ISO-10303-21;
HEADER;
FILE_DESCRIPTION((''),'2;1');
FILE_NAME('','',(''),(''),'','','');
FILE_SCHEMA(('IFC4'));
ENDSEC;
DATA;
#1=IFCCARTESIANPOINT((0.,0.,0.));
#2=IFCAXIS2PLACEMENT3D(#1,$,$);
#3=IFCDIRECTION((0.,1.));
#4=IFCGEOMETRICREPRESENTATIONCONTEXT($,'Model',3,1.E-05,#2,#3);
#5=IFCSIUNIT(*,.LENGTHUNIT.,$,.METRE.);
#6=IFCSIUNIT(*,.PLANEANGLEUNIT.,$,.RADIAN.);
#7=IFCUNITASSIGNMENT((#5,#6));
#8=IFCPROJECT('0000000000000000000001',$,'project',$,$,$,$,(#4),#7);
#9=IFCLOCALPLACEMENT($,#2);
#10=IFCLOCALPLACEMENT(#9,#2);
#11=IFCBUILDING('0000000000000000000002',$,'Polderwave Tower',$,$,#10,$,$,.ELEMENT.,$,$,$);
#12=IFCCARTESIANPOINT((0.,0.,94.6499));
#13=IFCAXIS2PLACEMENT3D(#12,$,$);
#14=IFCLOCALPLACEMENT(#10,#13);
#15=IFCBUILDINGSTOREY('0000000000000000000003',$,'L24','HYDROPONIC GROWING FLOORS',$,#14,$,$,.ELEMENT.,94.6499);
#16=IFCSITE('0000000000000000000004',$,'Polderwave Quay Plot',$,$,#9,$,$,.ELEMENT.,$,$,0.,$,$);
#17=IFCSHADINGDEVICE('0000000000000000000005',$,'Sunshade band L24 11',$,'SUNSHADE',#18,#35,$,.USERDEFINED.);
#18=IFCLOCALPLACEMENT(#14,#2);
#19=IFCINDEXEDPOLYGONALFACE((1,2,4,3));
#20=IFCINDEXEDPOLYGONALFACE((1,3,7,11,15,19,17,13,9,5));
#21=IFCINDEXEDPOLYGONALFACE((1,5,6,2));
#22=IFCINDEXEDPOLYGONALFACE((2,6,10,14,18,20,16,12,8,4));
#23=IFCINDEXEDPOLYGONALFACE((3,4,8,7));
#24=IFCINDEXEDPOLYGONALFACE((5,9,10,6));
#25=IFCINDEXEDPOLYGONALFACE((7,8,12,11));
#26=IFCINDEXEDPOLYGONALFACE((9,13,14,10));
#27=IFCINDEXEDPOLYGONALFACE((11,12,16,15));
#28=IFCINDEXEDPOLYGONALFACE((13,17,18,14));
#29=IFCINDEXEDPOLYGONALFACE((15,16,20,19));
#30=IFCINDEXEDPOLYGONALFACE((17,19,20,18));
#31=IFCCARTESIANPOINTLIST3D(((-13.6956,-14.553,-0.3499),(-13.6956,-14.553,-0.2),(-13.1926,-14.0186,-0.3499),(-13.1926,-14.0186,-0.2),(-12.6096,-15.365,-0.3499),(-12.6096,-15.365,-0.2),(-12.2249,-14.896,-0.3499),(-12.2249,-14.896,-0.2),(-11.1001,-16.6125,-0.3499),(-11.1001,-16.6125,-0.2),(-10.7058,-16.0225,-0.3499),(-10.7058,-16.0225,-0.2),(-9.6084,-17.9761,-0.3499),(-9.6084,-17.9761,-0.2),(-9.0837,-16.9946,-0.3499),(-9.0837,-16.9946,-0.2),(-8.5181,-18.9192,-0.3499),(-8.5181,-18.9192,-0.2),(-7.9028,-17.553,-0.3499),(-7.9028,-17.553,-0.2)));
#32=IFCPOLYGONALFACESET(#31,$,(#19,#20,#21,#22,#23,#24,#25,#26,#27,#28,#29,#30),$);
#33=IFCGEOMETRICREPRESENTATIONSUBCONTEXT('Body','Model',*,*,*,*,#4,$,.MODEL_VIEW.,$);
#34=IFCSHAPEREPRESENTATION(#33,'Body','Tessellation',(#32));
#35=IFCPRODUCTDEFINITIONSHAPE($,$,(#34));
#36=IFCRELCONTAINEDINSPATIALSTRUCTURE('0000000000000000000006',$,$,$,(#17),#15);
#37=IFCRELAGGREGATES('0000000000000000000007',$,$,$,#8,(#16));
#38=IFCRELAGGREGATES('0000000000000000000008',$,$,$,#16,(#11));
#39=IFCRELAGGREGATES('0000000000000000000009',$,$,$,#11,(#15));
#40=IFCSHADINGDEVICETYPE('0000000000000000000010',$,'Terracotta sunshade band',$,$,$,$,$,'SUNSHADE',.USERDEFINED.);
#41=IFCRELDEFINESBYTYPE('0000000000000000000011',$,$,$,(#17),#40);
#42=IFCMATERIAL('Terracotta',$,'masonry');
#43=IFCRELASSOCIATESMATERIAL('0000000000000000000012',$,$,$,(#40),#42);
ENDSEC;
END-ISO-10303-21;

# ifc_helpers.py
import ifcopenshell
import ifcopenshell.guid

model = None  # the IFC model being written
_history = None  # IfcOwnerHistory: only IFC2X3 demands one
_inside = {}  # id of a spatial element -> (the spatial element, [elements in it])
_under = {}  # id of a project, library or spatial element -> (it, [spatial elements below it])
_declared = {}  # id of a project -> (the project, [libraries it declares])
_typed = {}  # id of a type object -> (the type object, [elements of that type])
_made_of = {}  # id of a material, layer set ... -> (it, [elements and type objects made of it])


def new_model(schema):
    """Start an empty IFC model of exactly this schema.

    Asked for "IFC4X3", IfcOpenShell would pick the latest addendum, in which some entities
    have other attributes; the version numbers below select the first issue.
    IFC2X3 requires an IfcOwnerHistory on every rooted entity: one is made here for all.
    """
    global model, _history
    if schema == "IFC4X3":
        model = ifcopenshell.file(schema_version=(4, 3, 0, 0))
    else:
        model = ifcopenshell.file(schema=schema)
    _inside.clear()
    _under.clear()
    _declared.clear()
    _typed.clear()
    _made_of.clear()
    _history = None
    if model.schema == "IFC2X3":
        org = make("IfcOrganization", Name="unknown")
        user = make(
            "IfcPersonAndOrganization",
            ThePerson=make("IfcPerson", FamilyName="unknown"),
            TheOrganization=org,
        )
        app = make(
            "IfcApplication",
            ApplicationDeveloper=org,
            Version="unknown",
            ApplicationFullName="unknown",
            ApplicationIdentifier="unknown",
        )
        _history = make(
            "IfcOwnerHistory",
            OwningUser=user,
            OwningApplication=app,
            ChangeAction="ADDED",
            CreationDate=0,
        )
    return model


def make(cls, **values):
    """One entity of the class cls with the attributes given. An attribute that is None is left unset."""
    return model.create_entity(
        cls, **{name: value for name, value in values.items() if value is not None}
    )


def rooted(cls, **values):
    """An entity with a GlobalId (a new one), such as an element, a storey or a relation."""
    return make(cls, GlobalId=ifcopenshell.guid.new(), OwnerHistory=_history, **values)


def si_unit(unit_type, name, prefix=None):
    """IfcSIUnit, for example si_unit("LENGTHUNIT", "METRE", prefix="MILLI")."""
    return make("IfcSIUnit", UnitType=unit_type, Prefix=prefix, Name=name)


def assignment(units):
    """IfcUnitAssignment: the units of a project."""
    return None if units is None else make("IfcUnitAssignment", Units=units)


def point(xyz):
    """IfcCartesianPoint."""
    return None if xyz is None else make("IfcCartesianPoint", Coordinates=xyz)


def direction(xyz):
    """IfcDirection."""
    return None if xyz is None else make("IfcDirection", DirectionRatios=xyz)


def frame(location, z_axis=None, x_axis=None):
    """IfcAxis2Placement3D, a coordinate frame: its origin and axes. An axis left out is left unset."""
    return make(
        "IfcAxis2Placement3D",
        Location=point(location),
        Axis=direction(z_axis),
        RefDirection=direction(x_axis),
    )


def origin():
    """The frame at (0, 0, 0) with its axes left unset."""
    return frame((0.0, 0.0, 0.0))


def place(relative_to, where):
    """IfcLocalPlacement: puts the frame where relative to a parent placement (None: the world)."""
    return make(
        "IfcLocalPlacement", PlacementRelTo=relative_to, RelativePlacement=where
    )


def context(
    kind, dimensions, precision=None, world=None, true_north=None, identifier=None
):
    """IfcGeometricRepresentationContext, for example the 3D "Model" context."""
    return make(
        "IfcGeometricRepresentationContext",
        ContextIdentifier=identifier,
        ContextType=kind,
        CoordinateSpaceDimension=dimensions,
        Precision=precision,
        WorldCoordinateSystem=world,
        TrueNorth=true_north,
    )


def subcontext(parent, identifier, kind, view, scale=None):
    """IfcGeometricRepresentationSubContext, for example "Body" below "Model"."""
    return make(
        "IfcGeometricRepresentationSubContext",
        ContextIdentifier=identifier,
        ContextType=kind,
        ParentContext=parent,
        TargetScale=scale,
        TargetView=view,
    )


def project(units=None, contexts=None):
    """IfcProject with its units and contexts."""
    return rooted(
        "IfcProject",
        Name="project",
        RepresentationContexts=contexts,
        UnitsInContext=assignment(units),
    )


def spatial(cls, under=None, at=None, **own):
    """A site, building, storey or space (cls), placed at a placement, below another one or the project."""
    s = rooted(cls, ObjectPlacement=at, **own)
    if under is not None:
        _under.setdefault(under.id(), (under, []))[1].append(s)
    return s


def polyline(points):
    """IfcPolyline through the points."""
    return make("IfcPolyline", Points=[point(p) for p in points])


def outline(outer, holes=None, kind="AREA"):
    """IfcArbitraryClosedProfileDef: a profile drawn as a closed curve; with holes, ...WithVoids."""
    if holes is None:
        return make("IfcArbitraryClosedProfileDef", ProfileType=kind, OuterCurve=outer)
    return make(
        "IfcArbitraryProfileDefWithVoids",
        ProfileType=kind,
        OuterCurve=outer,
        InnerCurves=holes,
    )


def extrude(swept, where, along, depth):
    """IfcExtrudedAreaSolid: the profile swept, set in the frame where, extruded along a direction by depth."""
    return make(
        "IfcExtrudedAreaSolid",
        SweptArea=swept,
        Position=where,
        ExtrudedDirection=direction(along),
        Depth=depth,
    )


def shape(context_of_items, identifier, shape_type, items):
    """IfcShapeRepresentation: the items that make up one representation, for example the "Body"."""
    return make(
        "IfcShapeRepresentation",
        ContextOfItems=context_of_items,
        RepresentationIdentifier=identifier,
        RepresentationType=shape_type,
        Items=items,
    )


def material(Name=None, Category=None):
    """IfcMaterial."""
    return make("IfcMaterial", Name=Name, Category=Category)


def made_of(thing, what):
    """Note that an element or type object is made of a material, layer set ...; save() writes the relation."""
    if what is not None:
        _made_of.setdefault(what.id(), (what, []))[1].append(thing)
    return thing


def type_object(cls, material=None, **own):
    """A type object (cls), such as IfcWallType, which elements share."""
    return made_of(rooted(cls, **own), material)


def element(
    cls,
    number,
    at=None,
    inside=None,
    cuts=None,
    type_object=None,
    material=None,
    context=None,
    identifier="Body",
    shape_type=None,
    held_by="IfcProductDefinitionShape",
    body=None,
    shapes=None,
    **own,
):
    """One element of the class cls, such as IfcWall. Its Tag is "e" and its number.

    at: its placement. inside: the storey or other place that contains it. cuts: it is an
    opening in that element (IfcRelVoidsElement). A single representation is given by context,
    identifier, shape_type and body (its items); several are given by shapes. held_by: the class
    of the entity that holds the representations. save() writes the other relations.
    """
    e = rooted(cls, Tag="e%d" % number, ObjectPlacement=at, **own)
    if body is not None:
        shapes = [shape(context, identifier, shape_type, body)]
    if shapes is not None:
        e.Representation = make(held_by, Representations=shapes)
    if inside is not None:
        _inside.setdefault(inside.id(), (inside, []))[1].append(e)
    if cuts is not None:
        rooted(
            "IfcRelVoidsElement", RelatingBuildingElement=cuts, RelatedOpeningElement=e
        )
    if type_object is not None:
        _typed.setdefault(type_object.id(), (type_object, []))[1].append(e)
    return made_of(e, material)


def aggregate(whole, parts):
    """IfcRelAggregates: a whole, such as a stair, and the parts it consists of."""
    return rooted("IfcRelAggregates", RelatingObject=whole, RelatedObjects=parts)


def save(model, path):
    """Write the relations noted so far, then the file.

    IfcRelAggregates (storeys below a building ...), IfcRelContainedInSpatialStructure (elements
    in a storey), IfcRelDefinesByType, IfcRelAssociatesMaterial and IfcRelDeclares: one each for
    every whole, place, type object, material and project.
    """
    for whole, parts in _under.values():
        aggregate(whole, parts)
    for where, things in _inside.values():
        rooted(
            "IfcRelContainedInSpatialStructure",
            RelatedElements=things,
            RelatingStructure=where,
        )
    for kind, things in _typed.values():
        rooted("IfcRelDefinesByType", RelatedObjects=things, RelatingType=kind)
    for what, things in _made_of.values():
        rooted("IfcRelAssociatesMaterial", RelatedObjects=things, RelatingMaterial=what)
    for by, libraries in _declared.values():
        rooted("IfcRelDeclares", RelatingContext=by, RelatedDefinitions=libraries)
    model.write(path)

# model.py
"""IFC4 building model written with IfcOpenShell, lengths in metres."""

from ifc_helpers import new_model, si_unit, direction, frame, origin, place, context, subcontext, project, spatial, polyline, outline, extrude, material, type_object, element, save


model = new_model("IFC4")

# Units and contexts
model_context = context("Model", 3, precision=1e-05, world=origin(), true_north=direction((0.0, 1.0)))
body_context = subcontext(model_context, "Body", "Model", "MODEL_VIEW")
ifc_project = project(units=[si_unit("LENGTHUNIT", "METRE"), si_unit("PLANEANGLEUNIT", "RADIAN")], contexts=[model_context])

# Site, building, storey
site_placement = place(None, origin())
site = spatial("IfcSite", under=ifc_project, at=site_placement, Name="Polderwave Quay Plot", CompositionType="ELEMENT", RefElevation=0.0)
building_placement = place(site_placement, origin())
building = spatial("IfcBuilding", under=site, at=building_placement, Name="Polderwave Tower", CompositionType="ELEMENT")
storey_placement = place(building_placement, frame((0.0, 0.0, 94.6499)))
storey = spatial("IfcBuildingStorey", under=building, at=storey_placement, Name="L24", Description="HYDROPONIC GROWING FLOORS", CompositionType="ELEMENT", Elevation=94.6499)

# Shading device
ifc_material_1 = material(Name="Terracotta", Category="masonry")
shading_device_type = type_object("IfcShadingDeviceType", Name="Terracotta sunshade band", ElementType="SUNSHADE", PredefinedType="USERDEFINED", material=ifc_material_1)
shading_device_1_placement = place(storey_placement, frame((0.0, 0.0, -0.3499)))
element("IfcShadingDevice", 1, at=shading_device_1_placement, inside=storey, type_object=shading_device_type, Name="Sunshade band L24 11", ObjectType="SUNSHADE", PredefinedType="USERDEFINED", context=body_context, shape_type="SweptSolid", body=[
    extrude(outline(polyline([(-13.1926, -14.0186), (-12.2249, -14.896), (-10.7058, -16.0225), (-9.0837, -16.9946), (-7.9028, -17.553), (-8.5181, -18.9192), (-9.6084, -17.9761), (-11.1001, -16.6125), (-12.6096, -15.365), (-13.6956, -14.553), (-13.1926, -14.0186)])), origin(), (0.0, 0.0, 1.0), 0.1499),
])

save(model, "model.ifc")
